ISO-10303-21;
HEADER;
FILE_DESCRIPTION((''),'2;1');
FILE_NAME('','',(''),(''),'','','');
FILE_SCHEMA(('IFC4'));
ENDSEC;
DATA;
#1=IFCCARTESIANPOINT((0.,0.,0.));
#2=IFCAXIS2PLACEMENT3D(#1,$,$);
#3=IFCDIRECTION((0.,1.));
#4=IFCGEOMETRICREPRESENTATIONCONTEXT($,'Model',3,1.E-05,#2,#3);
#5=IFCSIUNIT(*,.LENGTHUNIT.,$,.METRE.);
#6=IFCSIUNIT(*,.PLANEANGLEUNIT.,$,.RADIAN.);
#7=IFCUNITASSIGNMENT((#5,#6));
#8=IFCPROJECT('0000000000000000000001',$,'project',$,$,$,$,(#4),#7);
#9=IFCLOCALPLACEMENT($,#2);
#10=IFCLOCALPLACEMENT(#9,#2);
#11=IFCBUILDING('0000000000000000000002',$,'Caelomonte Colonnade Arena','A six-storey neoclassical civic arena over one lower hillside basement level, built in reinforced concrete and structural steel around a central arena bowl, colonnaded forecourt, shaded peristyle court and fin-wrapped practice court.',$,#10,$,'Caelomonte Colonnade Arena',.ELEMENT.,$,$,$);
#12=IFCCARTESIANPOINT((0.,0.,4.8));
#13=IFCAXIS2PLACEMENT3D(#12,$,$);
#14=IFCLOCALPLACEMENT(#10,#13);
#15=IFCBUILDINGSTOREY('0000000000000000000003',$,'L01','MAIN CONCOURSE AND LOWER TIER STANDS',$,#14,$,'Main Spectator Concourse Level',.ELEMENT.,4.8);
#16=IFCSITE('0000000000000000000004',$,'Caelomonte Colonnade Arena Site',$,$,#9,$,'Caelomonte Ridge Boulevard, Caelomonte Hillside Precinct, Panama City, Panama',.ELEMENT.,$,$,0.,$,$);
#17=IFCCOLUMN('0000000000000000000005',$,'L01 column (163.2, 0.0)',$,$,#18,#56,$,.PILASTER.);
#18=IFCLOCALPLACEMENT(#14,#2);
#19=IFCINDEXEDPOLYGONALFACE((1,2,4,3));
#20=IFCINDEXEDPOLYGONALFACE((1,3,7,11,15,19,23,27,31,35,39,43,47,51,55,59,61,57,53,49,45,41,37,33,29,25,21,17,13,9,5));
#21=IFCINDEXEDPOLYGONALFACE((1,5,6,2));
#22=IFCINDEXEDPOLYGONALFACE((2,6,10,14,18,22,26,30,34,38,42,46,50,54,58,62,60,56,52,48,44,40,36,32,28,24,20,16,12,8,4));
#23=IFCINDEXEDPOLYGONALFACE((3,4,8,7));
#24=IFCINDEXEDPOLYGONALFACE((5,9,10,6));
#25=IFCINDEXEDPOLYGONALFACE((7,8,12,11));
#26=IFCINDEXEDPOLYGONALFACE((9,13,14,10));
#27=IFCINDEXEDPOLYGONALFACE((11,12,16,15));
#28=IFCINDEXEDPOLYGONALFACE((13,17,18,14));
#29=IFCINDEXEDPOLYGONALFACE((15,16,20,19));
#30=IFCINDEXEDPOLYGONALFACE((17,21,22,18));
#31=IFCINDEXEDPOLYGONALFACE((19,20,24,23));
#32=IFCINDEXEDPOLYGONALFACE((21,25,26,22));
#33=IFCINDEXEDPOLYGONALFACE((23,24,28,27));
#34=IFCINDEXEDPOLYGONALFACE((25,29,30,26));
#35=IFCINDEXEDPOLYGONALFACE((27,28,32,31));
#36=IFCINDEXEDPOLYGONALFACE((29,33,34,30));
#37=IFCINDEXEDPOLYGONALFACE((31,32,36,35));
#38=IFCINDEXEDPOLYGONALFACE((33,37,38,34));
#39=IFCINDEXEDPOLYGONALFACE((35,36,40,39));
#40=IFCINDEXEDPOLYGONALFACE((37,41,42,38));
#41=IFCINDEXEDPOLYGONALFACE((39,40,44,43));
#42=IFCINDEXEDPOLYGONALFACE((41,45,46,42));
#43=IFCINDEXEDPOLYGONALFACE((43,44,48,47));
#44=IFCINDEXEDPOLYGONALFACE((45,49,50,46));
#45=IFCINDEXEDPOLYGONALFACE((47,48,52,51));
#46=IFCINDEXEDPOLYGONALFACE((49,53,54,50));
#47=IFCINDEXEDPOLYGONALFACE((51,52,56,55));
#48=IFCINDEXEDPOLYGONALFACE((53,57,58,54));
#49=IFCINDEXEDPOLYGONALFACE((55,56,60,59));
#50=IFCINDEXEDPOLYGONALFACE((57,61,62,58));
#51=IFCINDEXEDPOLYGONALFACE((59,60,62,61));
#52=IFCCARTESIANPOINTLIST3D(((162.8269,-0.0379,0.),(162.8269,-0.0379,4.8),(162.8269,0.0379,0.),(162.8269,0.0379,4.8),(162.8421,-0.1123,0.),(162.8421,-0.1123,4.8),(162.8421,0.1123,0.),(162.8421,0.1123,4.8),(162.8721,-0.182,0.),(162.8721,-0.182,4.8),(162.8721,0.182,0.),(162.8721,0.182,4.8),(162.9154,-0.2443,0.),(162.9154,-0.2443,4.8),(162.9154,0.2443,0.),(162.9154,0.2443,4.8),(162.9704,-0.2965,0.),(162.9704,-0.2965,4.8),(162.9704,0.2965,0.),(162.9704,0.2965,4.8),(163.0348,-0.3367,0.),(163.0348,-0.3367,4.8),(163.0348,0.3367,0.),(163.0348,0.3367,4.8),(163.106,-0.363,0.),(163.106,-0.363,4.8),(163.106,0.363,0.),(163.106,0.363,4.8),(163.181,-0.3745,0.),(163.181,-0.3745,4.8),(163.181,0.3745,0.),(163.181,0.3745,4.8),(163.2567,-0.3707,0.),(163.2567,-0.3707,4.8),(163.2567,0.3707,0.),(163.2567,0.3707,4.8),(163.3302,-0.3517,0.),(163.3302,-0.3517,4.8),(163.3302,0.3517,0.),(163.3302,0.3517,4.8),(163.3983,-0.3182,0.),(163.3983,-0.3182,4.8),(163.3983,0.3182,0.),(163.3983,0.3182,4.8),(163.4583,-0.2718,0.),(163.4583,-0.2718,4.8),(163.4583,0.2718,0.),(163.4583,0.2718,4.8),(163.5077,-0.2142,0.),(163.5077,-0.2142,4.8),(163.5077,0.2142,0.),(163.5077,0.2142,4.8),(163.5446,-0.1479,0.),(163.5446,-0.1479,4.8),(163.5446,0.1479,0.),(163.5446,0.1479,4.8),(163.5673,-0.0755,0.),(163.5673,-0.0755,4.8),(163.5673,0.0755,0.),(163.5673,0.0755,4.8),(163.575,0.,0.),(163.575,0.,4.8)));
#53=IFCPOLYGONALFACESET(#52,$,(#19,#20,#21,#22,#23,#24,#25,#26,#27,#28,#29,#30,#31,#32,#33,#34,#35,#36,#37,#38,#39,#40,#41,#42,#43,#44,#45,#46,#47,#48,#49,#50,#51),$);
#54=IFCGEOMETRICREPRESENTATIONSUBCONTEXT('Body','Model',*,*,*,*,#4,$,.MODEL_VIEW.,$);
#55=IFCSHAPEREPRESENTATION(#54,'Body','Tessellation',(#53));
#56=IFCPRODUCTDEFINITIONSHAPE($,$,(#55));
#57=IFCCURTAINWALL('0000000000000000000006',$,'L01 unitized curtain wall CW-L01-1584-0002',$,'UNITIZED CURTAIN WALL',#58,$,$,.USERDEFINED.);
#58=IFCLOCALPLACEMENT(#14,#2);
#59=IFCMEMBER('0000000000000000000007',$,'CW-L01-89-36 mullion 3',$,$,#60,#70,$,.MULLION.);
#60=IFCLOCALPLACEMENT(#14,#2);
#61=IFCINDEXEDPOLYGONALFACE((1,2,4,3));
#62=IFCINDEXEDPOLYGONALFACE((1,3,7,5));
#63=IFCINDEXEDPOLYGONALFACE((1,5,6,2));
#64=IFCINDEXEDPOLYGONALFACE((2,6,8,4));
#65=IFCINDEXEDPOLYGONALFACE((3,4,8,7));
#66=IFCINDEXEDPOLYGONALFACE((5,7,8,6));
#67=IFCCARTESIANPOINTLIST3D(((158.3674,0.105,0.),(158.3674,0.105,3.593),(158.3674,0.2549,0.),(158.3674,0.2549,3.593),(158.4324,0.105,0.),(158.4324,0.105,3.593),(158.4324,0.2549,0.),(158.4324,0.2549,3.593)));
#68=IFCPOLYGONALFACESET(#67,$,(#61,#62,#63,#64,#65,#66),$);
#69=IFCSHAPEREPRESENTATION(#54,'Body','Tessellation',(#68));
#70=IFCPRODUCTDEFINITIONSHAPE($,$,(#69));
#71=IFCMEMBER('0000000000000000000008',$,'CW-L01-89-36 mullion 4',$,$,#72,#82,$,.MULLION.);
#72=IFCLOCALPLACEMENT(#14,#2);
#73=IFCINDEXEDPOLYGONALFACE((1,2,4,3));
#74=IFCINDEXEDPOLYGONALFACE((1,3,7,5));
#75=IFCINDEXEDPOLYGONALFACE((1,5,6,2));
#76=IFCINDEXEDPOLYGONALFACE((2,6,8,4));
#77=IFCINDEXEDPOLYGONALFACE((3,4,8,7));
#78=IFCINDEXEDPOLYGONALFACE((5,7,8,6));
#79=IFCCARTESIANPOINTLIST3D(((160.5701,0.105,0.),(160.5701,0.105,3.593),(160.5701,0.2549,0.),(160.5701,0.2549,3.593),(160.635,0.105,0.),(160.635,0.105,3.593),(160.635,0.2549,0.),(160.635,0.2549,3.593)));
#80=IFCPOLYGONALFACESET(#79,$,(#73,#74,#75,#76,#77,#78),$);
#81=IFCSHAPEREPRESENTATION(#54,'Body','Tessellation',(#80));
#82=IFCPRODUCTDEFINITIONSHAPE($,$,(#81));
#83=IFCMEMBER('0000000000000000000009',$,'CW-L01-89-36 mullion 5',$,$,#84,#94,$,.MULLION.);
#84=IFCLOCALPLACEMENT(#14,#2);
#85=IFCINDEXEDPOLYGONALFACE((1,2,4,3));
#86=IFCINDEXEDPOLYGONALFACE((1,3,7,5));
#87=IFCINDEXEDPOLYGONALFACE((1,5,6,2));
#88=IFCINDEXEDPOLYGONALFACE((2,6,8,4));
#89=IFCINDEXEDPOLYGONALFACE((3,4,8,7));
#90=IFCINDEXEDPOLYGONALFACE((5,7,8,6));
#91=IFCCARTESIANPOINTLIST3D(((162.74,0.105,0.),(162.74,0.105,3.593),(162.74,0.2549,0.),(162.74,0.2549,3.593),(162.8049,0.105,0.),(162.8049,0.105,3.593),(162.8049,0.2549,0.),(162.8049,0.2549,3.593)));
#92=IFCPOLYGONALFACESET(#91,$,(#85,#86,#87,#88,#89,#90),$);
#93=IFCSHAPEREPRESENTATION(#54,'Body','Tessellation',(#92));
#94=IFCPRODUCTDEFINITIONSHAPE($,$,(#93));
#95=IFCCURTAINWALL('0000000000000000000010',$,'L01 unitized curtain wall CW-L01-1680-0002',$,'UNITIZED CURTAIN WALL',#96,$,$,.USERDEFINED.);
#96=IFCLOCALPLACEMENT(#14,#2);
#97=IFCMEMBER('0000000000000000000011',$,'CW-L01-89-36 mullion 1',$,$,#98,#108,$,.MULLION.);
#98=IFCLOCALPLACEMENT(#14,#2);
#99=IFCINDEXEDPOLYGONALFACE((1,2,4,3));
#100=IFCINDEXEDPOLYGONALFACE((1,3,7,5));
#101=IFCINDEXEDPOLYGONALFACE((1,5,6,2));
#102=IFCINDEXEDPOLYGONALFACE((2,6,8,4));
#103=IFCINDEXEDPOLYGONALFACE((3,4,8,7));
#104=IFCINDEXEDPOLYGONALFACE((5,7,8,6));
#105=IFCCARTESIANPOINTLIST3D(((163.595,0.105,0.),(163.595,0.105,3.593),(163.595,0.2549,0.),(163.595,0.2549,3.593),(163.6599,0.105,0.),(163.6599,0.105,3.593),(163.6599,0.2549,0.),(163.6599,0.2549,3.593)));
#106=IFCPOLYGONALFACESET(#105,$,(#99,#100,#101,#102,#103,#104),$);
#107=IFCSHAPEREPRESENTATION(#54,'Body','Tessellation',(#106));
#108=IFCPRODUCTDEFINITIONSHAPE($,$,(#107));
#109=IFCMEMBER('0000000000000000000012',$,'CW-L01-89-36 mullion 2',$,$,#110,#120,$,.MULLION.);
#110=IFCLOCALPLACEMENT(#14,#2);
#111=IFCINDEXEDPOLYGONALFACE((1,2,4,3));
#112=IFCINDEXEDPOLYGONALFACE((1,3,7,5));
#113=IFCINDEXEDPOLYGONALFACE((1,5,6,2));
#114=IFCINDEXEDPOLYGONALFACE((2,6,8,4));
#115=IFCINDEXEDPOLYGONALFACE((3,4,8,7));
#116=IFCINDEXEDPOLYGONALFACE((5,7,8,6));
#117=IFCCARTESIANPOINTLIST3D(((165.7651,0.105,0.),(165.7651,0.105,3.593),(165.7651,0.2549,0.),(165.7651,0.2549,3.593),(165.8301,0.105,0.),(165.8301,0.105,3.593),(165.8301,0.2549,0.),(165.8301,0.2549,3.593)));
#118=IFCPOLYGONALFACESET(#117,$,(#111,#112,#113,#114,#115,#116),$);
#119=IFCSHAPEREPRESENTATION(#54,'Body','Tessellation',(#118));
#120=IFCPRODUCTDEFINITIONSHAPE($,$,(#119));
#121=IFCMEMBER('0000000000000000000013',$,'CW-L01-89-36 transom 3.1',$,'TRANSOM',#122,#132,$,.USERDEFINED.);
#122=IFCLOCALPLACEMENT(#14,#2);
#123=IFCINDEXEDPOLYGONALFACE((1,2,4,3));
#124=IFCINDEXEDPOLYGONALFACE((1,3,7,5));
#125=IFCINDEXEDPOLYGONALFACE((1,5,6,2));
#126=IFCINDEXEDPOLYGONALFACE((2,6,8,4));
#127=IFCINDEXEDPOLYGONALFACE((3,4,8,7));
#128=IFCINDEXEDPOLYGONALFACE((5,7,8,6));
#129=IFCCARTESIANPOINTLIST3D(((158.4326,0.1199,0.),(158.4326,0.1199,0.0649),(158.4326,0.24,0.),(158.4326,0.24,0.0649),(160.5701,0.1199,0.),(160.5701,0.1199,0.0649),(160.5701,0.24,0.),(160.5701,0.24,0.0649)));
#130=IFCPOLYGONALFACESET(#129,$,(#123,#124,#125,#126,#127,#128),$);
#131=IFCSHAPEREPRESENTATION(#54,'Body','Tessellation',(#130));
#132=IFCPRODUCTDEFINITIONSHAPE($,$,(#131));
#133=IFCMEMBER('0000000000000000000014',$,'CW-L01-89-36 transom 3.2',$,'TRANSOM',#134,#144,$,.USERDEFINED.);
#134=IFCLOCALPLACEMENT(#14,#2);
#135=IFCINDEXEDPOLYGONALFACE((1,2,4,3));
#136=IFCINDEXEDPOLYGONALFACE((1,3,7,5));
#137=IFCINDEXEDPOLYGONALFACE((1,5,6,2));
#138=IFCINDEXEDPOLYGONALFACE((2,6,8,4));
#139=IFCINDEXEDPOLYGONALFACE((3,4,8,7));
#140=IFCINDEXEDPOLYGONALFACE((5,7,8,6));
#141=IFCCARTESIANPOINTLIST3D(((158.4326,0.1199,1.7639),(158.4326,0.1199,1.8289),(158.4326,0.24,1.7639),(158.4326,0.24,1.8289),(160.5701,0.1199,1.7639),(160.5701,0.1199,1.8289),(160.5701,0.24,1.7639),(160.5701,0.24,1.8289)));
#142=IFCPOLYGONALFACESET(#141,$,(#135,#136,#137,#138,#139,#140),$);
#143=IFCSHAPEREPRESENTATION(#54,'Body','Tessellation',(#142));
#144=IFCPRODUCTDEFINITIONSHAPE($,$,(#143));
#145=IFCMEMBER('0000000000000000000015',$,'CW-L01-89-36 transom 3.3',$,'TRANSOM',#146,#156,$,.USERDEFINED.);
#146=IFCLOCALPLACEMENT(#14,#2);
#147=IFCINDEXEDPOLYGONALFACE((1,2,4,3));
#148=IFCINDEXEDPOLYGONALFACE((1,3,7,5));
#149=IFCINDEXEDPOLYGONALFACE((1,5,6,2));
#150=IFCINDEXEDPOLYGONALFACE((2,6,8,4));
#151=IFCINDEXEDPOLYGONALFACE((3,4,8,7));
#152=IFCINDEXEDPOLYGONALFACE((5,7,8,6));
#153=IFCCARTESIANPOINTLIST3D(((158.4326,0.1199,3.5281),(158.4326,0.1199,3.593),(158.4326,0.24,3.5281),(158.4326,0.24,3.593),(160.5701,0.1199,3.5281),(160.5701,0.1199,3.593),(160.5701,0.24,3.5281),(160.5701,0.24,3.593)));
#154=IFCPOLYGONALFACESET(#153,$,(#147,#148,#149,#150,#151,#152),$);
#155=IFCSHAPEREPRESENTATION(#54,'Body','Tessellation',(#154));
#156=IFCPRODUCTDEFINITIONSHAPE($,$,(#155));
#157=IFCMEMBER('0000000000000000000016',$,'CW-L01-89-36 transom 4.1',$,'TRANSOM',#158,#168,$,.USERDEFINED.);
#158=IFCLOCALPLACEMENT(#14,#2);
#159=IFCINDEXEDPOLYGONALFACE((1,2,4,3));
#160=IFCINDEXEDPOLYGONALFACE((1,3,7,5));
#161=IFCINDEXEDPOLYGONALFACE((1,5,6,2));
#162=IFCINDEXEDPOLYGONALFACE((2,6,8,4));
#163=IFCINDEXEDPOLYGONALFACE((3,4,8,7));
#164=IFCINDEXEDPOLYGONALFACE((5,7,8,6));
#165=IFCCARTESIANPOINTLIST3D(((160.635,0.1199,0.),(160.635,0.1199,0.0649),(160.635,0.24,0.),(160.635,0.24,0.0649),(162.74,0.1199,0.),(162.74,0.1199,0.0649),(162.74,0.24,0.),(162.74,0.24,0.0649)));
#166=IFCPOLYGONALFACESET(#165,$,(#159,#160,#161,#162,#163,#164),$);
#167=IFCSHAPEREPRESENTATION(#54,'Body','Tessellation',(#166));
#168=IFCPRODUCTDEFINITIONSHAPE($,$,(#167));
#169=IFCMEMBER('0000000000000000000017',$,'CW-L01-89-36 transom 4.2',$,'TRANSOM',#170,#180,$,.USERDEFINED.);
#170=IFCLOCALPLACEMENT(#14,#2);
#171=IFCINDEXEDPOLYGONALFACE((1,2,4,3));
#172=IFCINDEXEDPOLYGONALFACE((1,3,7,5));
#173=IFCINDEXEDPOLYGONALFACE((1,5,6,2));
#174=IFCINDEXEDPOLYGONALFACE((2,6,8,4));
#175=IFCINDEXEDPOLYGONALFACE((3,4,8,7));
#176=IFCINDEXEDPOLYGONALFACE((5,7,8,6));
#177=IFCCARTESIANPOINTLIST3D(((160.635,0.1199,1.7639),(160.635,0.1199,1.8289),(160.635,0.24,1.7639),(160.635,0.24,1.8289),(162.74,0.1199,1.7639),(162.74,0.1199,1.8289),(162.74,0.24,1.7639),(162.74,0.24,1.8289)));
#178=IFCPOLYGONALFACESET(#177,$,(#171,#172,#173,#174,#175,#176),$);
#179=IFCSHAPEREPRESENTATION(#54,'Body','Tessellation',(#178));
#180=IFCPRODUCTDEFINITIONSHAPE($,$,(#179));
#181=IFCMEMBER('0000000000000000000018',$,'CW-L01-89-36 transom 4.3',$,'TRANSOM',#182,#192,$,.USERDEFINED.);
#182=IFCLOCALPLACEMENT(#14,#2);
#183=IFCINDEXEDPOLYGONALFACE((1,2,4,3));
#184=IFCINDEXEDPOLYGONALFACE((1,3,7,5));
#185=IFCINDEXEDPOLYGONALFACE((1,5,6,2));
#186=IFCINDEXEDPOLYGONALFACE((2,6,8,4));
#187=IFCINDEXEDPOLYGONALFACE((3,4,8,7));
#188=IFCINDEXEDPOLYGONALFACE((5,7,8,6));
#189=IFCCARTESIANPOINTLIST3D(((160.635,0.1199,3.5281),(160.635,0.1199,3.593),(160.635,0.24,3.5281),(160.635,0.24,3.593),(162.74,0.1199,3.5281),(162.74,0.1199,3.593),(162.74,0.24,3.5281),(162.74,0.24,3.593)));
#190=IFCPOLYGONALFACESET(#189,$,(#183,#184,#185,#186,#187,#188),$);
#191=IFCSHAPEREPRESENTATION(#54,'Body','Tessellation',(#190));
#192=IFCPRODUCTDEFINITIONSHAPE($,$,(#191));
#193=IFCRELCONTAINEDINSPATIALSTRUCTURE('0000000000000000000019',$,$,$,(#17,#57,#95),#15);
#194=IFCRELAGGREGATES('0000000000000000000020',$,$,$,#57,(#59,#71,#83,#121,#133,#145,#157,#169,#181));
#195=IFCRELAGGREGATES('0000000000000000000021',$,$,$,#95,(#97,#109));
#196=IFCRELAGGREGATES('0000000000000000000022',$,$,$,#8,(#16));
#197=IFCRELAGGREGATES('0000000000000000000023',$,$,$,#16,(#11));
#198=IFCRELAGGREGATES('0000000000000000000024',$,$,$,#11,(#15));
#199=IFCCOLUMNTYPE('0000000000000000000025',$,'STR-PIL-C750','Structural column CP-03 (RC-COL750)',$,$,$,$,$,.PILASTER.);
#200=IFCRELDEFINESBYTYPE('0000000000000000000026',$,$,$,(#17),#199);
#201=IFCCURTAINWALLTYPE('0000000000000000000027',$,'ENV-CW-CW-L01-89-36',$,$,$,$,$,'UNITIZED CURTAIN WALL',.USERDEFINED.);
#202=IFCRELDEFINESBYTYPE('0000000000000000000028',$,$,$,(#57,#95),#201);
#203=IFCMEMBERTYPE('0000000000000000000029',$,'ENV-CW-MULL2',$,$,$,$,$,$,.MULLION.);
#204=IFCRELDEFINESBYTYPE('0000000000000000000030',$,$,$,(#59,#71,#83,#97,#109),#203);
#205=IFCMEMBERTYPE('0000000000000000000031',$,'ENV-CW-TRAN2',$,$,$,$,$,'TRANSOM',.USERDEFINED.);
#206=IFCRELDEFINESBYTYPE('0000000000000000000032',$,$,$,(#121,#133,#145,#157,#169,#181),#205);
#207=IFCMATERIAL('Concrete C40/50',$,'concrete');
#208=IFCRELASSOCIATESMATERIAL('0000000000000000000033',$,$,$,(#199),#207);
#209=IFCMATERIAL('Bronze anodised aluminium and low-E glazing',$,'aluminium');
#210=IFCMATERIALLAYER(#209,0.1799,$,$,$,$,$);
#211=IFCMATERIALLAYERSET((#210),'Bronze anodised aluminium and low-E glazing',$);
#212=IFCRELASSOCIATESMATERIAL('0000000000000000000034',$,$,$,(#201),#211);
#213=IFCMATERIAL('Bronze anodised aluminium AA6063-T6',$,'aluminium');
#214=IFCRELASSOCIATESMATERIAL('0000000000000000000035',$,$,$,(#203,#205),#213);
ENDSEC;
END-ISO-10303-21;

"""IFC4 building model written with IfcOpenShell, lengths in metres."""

from ifc_helpers import new_model, si_unit, direction, frame, origin, origin_2d, place, context, subcontext, project, spatial, rectangle, circle, extrude, material, layer, layer_set, material_profile, profile_set, type_object, element, aggregate, save


model = new_model("IFC4")

# Units and contexts
model_context = context("Model", 3, precision=1e-05, world=origin(), true_north=direction((0.0, 1.0)))
body_context = subcontext(model_context, "Body", "Model", "MODEL_VIEW")
ifc_project = project(units=[si_unit("LENGTHUNIT", "METRE"), si_unit("PLANEANGLEUNIT", "RADIAN")], contexts=[model_context])

# Site, building, storey
site_placement = place(None, origin())
site = spatial("IfcSite", under=ifc_project, at=site_placement, Name="Caelomonte Colonnade Arena Site", LongName="Caelomonte Ridge Boulevard, Caelomonte Hillside Precinct, Panama City, Panama", CompositionType="ELEMENT", RefElevation=0.0)
building_placement = place(site_placement, origin())
building = spatial("IfcBuilding", under=site, at=building_placement, Name="Caelomonte Colonnade Arena", Description="A six-storey neoclassical civic arena over one lower hillside basement level, built in reinforced concrete and structural steel around a central arena bowl, colonnaded forecourt, shaded peristyle court and fin-wrapped practice court.", LongName="Caelomonte Colonnade Arena", CompositionType="ELEMENT")
storey_placement = place(building_placement, frame((0.0, 0.0, 4.8)))
storey = spatial("IfcBuildingStorey", under=building, at=storey_placement, Name="L01", Description="MAIN CONCOURSE AND LOWER TIER STANDS", LongName="Main Spectator Concourse Level", CompositionType="ELEMENT", Elevation=4.8)

# Column
ifc_material_1 = material(Name="Concrete C40/50", Category="concrete")
ifc_material_profile_1 = material_profile(ifc_material_1, circle(Radius=0.375, at=origin_2d()), Name="RC-COL750")
ifc_profile_set_1 = profile_set([ifc_material_profile_1], Name="Concrete C40/50")
column_type = type_object("IfcColumnType", Name="STR-PIL-C750", Description="Structural column CP-03 (RC-COL750)", PredefinedType="PILASTER", material=ifc_profile_set_1)
column_placement = place(storey_placement, frame((163.2, 0.0, 0.0), z_axis=(0.0, 0.0, 1.0), x_axis=(1.0, 0.0, 0.0)))
element("IfcColumn", 1, at=column_placement, inside=storey, type_object=column_type, Name="L01 column (163.2, 0.0)", PredefinedType="PILASTER", context=body_context, shape_type="SweptSolid", body=[
    extrude(circle(Radius=0.375, at=origin_2d()), origin(), (0.0, 0.0, 1.0), 4.8),
])

# Curtain walls, members
ifc_material_2 = material(Name="Bronze anodised aluminium and low-E glazing", Category="aluminium")
ifc_layer_1 = layer(ifc_material_2, 0.1799)
ifc_layer_set_1 = layer_set([ifc_layer_1], Name="Bronze anodised aluminium and low-E glazing")
curtain_wall_type = type_object("IfcCurtainWallType", Name="ENV-CW-CW-L01-89-36", ElementType="UNITIZED CURTAIN WALL", PredefinedType="USERDEFINED", material=ifc_layer_set_1)
curtain_wall_1_placement = place(storey_placement, origin())
curtain_wall_1 = element("IfcCurtainWall", 2, at=curtain_wall_1_placement, inside=storey, type_object=curtain_wall_type, Name="L01 unitized curtain wall CW-L01-1584-0002", ObjectType="UNITIZED CURTAIN WALL", PredefinedType="USERDEFINED")
ifc_material_3 = material(Name="Bronze anodised aluminium AA6063-T6", Category="aluminium")
ifc_material_profile_2 = material_profile(ifc_material_3, rectangle(XDim=0.0649, YDim=0.1499, at=origin_2d()), Name="CWM-65X150")
ifc_profile_set_2 = profile_set([ifc_material_profile_2], Name="Bronze anodised aluminium AA6063-T6")
member_type_1 = type_object("IfcMemberType", Name="ENV-CW-MULL2", PredefinedType="MULLION", material=ifc_profile_set_2)
member_1_placement = place(storey_placement, frame((158.3999, 0.1799, 0.0), z_axis=(0.0, 0.0, 1.0), x_axis=(1.0, 0.0, 0.0)))
member_1 = element("IfcMember", 3, at=member_1_placement, type_object=member_type_1, Name="CW-L01-89-36 mullion 3", PredefinedType="MULLION", context=body_context, shape_type="SweptSolid", body=[
    extrude(rectangle(XDim=0.0649, YDim=0.1499, at=origin_2d()), origin(), (0.0, 0.0, 1.0), 3.593),
])
member_2_placement = place(storey_placement, frame((160.6025, 0.1799, 0.0), z_axis=(0.0, 0.0, 1.0), x_axis=(1.0, 0.0, 0.0)))
member_2 = element("IfcMember", 4, at=member_2_placement, type_object=member_type_1, Name="CW-L01-89-36 mullion 4", PredefinedType="MULLION", context=body_context, shape_type="SweptSolid", body=[
    extrude(rectangle(XDim=0.0649, YDim=0.1499, at=origin_2d()), origin(), (0.0, 0.0, 1.0), 3.593),
])
member_3_placement = place(storey_placement, frame((162.7725, 0.1799, 0.0), z_axis=(0.0, 0.0, 1.0), x_axis=(1.0, 0.0, 0.0)))
member_3 = element("IfcMember", 5, at=member_3_placement, type_object=member_type_1, Name="CW-L01-89-36 mullion 5", PredefinedType="MULLION", context=body_context, shape_type="SweptSolid", body=[
    extrude(rectangle(XDim=0.0649, YDim=0.1499, at=origin_2d()), origin(), (0.0, 0.0, 1.0), 3.593),
])
curtain_wall_2_placement = place(storey_placement, origin())
curtain_wall_2 = element("IfcCurtainWall", 6, at=curtain_wall_2_placement, inside=storey, type_object=curtain_wall_type, Name="L01 unitized curtain wall CW-L01-1680-0002", ObjectType="UNITIZED CURTAIN WALL", PredefinedType="USERDEFINED")
member_4_placement = place(storey_placement, frame((163.6274, 0.1799, 0.0), z_axis=(0.0, 0.0, 1.0), x_axis=(1.0, 0.0, 0.0)))
member_4 = element("IfcMember", 7, at=member_4_placement, type_object=member_type_1, Name="CW-L01-89-36 mullion 1", PredefinedType="MULLION", context=body_context, shape_type="SweptSolid", body=[
    extrude(rectangle(XDim=0.0649, YDim=0.1499, at=origin_2d()), origin(), (0.0, 0.0, 1.0), 3.593),
])
member_5_placement = place(storey_placement, frame((165.7976, 0.1799, 0.0), z_axis=(0.0, 0.0, 1.0), x_axis=(1.0, 0.0, 0.0)))
member_5 = element("IfcMember", 8, at=member_5_placement, type_object=member_type_1, Name="CW-L01-89-36 mullion 2", PredefinedType="MULLION", context=body_context, shape_type="SweptSolid", body=[
    extrude(rectangle(XDim=0.0649, YDim=0.1499, at=origin_2d()), origin(), (0.0, 0.0, 1.0), 3.593),
])

# Members
ifc_material_profile_3 = material_profile(ifc_material_3, rectangle(XDim=0.0649, YDim=0.1201, at=origin_2d()), Name="CWT-65X120")
ifc_profile_set_3 = profile_set([ifc_material_profile_3], Name="Bronze anodised aluminium AA6063-T6")
member_type_2 = type_object("IfcMemberType", Name="ENV-CW-TRAN2", ElementType="TRANSOM", PredefinedType="USERDEFINED", material=ifc_profile_set_3)
member_6_placement = place(storey_placement, frame((158.4326, 0.1799, 0.0325), z_axis=(1.0, 0.0, 0.0), x_axis=(0.0, 0.0, 1.0)))
member_6 = element("IfcMember", 9, at=member_6_placement, type_object=member_type_2, Name="CW-L01-89-36 transom 3.1", ObjectType="TRANSOM", PredefinedType="USERDEFINED", context=body_context, shape_type="SweptSolid", body=[
    extrude(rectangle(XDim=0.0649, YDim=0.1201, at=origin_2d()), origin(), (0.0, 0.0, 1.0), 2.1375),
])
member_7_placement = place(storey_placement, frame((158.4326, 0.1799, 1.7964), z_axis=(1.0, 0.0, 0.0), x_axis=(0.0, 0.0, 1.0)))
member_7 = element("IfcMember", 10, at=member_7_placement, type_object=member_type_2, Name="CW-L01-89-36 transom 3.2", ObjectType="TRANSOM", PredefinedType="USERDEFINED", context=body_context, shape_type="SweptSolid", body=[
    extrude(rectangle(XDim=0.0649, YDim=0.1201, at=origin_2d()), origin(), (0.0, 0.0, 1.0), 2.1375),
])
member_8_placement = place(storey_placement, frame((158.4326, 0.1799, 3.5605), z_axis=(1.0, 0.0, 0.0), x_axis=(0.0, 0.0, 1.0)))
member_8 = element("IfcMember", 11, at=member_8_placement, type_object=member_type_2, Name="CW-L01-89-36 transom 3.3", ObjectType="TRANSOM", PredefinedType="USERDEFINED", context=body_context, shape_type="SweptSolid", body=[
    extrude(rectangle(XDim=0.0649, YDim=0.1201, at=origin_2d()), origin(), (0.0, 0.0, 1.0), 2.1375),
])
member_9_placement = place(storey_placement, frame((160.635, 0.1799, 0.0325), z_axis=(1.0, 0.0, 0.0), x_axis=(0.0, 0.0, 1.0)))
member_9 = element("IfcMember", 12, at=member_9_placement, type_object=member_type_2, Name="CW-L01-89-36 transom 4.1", ObjectType="TRANSOM", PredefinedType="USERDEFINED", context=body_context, shape_type="SweptSolid", body=[
    extrude(rectangle(XDim=0.0649, YDim=0.1201, at=origin_2d()), origin(), (0.0, 0.0, 1.0), 2.105),
])
member_10_placement = place(storey_placement, frame((160.635, 0.1799, 1.7964), z_axis=(1.0, 0.0, 0.0), x_axis=(0.0, 0.0, 1.0)))
member_10 = element("IfcMember", 13, at=member_10_placement, type_object=member_type_2, Name="CW-L01-89-36 transom 4.2", ObjectType="TRANSOM", PredefinedType="USERDEFINED", context=body_context, shape_type="SweptSolid", body=[
    extrude(rectangle(XDim=0.0649, YDim=0.1201, at=origin_2d()), origin(), (0.0, 0.0, 1.0), 2.105),
])
member_11_placement = place(storey_placement, frame((160.635, 0.1799, 3.5605), z_axis=(1.0, 0.0, 0.0), x_axis=(0.0, 0.0, 1.0)))
member_11 = element("IfcMember", 14, at=member_11_placement, type_object=member_type_2, Name="CW-L01-89-36 transom 4.3", ObjectType="TRANSOM", PredefinedType="USERDEFINED", context=body_context, shape_type="SweptSolid", body=[
    extrude(rectangle(XDim=0.0649, YDim=0.1201, at=origin_2d()), origin(), (0.0, 0.0, 1.0), 2.105),
])

aggregate(curtain_wall_1, [member_1, member_2, member_3, member_6, member_7, member_8, member_9, member_10, member_11])
aggregate(curtain_wall_2, [member_4, member_5])

save(model, "model.ifc")
